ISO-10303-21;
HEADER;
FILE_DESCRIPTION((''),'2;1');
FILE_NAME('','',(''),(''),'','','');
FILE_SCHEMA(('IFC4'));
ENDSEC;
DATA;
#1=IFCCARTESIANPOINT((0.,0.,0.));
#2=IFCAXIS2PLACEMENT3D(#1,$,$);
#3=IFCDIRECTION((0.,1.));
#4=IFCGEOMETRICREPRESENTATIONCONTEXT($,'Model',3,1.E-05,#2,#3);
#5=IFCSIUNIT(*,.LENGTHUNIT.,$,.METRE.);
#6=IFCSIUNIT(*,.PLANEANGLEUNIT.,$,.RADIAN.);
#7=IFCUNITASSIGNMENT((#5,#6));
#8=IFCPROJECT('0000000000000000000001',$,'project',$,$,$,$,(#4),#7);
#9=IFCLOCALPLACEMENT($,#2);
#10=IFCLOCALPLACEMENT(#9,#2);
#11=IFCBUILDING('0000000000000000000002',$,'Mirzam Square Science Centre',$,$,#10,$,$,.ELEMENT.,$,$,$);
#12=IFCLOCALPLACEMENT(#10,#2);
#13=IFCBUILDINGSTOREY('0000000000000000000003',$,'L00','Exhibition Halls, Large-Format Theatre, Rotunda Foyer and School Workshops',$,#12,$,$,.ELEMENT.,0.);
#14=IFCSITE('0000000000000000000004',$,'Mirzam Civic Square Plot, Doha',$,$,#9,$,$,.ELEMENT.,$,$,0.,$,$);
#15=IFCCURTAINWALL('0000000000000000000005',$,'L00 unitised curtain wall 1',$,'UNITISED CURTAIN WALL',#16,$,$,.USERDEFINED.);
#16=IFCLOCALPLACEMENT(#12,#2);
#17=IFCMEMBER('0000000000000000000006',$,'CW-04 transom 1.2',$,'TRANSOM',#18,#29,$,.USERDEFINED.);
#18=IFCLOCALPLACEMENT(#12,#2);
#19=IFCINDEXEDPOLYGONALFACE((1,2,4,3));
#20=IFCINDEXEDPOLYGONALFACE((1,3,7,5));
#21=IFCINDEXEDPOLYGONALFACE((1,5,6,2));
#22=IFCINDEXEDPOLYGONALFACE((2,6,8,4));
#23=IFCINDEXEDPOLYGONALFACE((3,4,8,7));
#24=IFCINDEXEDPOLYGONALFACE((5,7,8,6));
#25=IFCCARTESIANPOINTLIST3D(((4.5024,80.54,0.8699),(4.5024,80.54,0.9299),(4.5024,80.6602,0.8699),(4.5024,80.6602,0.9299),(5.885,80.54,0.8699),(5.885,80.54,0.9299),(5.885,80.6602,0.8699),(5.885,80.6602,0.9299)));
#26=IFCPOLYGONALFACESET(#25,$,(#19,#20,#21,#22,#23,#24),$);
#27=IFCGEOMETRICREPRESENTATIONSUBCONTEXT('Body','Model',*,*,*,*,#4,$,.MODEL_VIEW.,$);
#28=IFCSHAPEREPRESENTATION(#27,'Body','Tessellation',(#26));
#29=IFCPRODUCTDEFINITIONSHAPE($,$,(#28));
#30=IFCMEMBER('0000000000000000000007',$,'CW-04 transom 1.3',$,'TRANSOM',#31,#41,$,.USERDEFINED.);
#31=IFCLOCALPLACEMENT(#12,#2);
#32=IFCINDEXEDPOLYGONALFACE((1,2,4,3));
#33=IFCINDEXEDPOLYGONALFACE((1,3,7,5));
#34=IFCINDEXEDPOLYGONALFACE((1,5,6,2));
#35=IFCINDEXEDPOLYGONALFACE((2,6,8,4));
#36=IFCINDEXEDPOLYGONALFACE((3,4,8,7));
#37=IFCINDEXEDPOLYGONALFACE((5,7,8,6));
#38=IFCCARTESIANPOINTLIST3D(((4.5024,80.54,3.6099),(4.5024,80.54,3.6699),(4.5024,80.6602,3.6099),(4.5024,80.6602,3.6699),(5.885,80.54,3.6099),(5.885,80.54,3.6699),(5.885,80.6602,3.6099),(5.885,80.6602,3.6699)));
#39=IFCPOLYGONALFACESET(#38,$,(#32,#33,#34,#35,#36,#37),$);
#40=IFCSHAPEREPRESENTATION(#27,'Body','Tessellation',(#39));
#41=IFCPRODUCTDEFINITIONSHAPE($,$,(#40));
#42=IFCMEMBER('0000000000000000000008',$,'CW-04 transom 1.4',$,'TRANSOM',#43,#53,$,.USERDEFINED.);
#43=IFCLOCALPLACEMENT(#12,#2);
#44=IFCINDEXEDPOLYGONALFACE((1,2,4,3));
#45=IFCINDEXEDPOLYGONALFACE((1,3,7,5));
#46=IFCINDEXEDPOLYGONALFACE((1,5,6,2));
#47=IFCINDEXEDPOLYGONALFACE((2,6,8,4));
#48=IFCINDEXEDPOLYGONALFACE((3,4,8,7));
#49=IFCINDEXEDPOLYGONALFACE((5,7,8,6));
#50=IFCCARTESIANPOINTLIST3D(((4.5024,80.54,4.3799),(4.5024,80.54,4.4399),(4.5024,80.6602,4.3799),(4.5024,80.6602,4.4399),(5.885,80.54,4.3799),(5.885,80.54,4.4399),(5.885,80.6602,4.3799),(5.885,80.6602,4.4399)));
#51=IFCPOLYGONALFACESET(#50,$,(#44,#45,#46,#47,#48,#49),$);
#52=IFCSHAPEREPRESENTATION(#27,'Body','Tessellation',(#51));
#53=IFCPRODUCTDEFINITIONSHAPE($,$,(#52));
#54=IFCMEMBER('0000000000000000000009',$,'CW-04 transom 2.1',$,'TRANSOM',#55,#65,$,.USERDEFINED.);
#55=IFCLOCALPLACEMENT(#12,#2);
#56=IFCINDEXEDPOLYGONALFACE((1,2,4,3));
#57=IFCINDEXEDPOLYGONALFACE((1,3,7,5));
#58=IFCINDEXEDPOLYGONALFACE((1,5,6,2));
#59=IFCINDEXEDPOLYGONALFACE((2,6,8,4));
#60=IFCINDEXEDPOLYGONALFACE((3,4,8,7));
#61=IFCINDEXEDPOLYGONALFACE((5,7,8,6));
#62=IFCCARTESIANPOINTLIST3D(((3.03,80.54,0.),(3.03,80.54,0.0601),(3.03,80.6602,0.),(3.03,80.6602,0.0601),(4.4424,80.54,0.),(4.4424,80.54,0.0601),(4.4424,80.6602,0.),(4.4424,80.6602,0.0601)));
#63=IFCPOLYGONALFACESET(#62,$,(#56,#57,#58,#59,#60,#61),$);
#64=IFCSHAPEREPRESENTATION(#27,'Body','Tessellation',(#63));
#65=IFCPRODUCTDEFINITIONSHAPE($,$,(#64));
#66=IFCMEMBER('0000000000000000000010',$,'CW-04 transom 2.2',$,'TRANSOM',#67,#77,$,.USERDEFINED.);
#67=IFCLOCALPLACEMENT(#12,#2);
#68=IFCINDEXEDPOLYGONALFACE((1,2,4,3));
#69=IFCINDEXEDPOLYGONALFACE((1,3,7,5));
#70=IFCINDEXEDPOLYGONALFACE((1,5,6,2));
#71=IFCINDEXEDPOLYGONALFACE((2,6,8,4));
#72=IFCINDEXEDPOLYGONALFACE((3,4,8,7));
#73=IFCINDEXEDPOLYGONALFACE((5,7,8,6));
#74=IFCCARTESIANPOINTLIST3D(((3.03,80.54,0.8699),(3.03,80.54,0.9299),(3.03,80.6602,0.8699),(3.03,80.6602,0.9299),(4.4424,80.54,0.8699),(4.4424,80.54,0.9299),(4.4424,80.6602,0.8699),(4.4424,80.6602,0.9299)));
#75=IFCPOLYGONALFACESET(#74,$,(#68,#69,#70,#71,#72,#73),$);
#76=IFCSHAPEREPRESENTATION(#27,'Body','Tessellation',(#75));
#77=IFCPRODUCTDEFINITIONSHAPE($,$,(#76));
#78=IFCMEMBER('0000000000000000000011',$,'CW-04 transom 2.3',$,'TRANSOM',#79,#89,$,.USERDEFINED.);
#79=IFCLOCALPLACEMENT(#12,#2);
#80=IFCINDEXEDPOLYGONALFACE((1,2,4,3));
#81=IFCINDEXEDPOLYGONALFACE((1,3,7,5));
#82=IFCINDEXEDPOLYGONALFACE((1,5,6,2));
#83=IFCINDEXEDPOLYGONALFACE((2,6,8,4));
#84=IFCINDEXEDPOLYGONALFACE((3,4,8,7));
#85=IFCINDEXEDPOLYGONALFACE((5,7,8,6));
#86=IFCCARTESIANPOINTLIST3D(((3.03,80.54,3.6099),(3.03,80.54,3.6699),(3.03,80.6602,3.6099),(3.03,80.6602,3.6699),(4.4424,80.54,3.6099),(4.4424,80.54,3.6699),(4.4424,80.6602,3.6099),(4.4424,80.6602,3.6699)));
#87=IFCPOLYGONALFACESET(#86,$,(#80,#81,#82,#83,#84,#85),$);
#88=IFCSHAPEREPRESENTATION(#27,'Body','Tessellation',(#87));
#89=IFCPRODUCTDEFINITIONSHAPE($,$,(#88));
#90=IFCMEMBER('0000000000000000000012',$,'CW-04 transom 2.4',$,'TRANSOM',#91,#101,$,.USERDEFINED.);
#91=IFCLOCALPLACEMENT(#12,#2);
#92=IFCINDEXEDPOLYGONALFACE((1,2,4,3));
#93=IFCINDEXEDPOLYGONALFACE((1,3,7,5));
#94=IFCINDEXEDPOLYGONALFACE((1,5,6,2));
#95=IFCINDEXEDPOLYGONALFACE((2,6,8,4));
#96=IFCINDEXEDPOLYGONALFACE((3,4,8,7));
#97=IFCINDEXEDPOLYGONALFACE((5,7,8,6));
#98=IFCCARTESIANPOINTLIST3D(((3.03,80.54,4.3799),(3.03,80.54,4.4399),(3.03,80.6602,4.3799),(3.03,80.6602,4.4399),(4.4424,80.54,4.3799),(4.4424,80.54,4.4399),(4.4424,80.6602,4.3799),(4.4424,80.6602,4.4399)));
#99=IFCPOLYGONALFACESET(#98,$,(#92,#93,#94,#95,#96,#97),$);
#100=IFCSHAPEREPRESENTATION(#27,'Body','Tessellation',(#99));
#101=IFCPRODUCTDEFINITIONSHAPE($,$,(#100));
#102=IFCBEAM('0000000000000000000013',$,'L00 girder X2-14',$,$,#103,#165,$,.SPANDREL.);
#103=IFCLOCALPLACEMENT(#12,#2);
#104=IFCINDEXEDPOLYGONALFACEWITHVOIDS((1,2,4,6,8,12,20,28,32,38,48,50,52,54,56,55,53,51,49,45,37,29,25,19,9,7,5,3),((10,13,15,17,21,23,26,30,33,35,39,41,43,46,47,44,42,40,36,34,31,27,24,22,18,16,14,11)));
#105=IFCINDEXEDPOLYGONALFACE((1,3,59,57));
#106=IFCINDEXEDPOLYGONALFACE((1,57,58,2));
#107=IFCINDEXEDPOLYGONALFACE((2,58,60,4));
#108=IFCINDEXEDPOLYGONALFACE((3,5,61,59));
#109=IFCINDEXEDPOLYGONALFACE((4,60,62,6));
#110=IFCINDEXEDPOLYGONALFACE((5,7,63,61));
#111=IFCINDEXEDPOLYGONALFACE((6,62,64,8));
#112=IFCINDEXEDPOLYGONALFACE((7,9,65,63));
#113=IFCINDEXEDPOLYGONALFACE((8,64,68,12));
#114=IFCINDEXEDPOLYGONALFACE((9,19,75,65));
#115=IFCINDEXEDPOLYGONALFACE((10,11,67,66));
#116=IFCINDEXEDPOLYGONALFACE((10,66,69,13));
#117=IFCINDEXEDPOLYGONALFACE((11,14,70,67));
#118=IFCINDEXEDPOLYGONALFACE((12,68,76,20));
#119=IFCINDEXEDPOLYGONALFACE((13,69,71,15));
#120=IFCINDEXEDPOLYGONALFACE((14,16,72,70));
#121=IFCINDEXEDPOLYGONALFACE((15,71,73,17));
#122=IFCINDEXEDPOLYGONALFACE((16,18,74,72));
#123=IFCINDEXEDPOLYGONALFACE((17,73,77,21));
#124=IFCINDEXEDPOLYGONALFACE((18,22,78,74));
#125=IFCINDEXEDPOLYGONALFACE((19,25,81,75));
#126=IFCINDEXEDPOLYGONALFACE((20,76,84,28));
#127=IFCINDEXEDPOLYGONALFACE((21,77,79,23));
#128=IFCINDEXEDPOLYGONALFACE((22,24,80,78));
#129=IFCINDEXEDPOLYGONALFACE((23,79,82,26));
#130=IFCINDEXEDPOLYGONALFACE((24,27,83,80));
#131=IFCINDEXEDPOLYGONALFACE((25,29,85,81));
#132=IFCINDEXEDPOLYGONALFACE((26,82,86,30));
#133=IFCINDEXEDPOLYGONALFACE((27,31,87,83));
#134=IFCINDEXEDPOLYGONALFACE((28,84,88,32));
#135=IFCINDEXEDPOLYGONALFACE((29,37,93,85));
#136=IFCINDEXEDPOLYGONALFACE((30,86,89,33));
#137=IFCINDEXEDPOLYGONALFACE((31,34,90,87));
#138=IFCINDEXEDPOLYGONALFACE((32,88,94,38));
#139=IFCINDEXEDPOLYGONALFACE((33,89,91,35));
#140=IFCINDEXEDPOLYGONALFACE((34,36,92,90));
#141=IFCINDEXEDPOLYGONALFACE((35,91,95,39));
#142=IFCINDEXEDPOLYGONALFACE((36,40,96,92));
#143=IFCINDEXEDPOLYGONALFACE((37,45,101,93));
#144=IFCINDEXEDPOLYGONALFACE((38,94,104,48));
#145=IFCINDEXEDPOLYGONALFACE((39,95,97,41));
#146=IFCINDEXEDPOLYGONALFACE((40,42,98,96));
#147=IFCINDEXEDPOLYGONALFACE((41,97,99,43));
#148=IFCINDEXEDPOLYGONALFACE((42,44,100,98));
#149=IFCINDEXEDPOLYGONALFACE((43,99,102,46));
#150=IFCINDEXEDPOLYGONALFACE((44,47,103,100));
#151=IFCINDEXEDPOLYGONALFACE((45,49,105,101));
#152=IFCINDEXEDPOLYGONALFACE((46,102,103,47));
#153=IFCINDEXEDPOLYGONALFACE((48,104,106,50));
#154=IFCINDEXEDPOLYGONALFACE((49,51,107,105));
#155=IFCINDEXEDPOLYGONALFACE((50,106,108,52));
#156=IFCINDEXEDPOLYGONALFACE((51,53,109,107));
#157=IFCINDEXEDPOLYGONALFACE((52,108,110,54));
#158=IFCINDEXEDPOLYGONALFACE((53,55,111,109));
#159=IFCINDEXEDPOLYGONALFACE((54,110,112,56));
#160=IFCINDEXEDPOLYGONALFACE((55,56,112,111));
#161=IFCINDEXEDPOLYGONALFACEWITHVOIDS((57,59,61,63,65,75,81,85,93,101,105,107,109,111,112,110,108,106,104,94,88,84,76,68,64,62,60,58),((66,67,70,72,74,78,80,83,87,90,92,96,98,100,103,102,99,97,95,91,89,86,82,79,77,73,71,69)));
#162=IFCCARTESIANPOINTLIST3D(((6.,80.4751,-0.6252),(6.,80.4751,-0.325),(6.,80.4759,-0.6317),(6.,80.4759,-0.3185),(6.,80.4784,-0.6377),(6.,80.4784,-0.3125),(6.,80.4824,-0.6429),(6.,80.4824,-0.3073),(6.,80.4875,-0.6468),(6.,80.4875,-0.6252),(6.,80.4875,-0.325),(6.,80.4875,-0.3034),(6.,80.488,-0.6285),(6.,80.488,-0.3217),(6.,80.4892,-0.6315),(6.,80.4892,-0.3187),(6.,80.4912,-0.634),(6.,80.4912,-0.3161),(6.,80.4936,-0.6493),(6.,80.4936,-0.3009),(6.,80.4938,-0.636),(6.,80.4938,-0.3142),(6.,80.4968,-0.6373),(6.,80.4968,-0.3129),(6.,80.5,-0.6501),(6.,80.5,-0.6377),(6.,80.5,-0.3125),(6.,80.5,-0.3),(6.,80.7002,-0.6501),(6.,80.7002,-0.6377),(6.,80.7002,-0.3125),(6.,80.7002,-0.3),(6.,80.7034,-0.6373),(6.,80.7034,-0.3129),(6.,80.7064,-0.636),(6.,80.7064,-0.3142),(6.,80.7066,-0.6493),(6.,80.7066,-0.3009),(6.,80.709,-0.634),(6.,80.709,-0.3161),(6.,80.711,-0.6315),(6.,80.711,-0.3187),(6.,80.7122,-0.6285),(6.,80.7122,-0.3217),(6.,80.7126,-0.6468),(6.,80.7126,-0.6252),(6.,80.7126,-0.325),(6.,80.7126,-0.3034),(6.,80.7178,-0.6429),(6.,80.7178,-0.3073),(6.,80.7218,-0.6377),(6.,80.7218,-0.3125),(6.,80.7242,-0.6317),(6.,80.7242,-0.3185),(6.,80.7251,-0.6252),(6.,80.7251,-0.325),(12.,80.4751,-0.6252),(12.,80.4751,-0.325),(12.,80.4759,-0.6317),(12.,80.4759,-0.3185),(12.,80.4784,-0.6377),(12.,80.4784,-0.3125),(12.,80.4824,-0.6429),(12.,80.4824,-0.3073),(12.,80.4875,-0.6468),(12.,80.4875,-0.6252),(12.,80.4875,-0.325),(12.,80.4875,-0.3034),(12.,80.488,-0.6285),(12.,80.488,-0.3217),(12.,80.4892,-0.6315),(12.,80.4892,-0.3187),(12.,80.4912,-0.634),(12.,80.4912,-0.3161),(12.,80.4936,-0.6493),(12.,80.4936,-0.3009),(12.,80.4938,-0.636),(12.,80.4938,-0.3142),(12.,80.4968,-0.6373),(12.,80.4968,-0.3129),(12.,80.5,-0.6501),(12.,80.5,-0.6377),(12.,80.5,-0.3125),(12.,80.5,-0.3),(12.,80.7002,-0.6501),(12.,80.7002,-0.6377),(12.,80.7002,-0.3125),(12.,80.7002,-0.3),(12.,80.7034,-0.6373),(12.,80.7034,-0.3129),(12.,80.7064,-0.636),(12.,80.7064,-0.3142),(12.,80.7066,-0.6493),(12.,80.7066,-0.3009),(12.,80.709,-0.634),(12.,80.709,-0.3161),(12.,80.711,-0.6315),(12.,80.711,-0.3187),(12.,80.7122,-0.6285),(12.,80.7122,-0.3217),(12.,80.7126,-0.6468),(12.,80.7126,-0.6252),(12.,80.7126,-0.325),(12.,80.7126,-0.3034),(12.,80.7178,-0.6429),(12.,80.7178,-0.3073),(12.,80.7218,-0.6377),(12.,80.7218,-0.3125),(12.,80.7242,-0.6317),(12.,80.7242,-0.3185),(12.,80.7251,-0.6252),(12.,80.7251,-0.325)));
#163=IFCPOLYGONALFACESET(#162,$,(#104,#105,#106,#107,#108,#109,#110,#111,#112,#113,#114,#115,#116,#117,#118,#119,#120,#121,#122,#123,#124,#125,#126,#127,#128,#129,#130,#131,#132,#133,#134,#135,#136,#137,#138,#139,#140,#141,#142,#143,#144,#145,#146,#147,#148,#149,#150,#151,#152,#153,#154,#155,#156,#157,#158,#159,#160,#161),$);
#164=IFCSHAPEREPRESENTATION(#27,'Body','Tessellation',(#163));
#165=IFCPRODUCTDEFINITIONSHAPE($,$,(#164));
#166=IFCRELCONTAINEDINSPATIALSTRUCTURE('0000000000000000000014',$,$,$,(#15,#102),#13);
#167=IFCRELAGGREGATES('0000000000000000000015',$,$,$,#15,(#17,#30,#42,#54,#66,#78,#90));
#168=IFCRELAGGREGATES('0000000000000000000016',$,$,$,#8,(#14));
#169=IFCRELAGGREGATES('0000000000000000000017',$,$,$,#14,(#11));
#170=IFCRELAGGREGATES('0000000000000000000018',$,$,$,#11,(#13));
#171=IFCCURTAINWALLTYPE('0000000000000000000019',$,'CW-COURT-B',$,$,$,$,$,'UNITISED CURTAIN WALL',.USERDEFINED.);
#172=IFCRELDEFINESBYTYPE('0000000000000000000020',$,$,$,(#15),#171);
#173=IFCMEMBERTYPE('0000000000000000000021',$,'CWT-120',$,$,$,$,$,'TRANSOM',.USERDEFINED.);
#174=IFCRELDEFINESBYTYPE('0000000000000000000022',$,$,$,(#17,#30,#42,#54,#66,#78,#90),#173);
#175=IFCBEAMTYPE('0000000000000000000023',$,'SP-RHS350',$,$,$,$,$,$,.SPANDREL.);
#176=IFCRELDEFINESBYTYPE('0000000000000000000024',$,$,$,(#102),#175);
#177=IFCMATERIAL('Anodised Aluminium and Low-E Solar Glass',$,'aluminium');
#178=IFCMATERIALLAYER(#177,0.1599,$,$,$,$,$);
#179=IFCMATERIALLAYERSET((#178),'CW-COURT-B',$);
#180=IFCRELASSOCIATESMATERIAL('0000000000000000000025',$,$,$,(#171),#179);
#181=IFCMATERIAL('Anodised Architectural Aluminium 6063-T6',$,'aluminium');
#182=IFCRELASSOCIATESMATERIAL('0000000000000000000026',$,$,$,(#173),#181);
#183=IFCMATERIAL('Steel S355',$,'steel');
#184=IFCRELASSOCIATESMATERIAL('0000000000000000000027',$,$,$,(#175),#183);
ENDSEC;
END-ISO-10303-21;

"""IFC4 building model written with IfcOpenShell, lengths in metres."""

from ifc_helpers import new_model, si_unit, direction, frame, origin, origin_2d, place, context, subcontext, project, spatial, rectangle, hollow_rectangle, extrude, material, layer, layer_set, material_profile, profile_set, type_object, element, aggregate, save


model = new_model("IFC4")

# Units and contexts
model_context = context("Model", 3, precision=1e-05, world=origin(), true_north=direction((0.0, 1.0)))
body_context = subcontext(model_context, "Body", "Model", "MODEL_VIEW")
ifc_project = project(units=[si_unit("LENGTHUNIT", "METRE"), si_unit("PLANEANGLEUNIT", "RADIAN")], contexts=[model_context])

# Site, building, storey
site_placement = place(None, origin())
site = spatial("IfcSite", under=ifc_project, at=site_placement, Name="Mirzam Civic Square Plot, Doha", CompositionType="ELEMENT", RefElevation=0.0)
building_placement = place(site_placement, origin())
building = spatial("IfcBuilding", under=site, at=building_placement, Name="Mirzam Square Science Centre", CompositionType="ELEMENT")
storey_placement = place(building_placement, origin())
storey = spatial("IfcBuildingStorey", under=building, at=storey_placement, Name="L00", Description="Exhibition Halls, Large-Format Theatre, Rotunda Foyer and School Workshops", CompositionType="ELEMENT", Elevation=0.0)

# Shared definitions
ifc_material_1 = material(Name="Steel S355", Category="steel")

# Curtain wall
ifc_material_2 = material(Name="Anodised Aluminium and Low-E Solar Glass", Category="aluminium")
ifc_layer_1 = layer(ifc_material_2, 0.1599)
ifc_layer_set_1 = layer_set([ifc_layer_1], Name="CW-COURT-B")
curtain_wall_type_1 = type_object("IfcCurtainWallType", Name="CW-COURT-B", ElementType="UNITISED CURTAIN WALL", PredefinedType="USERDEFINED", material=ifc_layer_set_1)
curtain_wall_1_placement = place(storey_placement, origin())
curtain_wall_1 = element("IfcCurtainWall", 1, at=curtain_wall_1_placement, inside=storey, type_object=curtain_wall_type_1, Name="L00 unitised curtain wall 1", ObjectType="UNITISED CURTAIN WALL", PredefinedType="USERDEFINED")
ifc_material_3 = material(Name="Anodised Architectural Aluminium 6063-T6", Category="aluminium")

# Members
ifc_material_profile_1 = material_profile(ifc_material_3, rectangle(XDim=0.1201, YDim=0.0601, at=origin_2d()), Name="ALU-TRAN-120x60x4")
ifc_profile_set_1 = profile_set([ifc_material_profile_1], Name="Anodised Architectural Aluminium 6063-T6")
member_type_1 = type_object("IfcMemberType", Name="CWT-120", ElementType="TRANSOM", PredefinedType="USERDEFINED", material=ifc_profile_set_1)
member_1_placement = place(storey_placement, frame((5.885, 80.6001, 0.8999), z_axis=(-1.0, 0.0, 0.0), x_axis=(0.0, -1.0, 0.0)))
member_1 = element("IfcMember", 2, at=member_1_placement, type_object=member_type_1, Name="CW-04 transom 1.2", ObjectType="TRANSOM", PredefinedType="USERDEFINED", context=body_context, shape_type="SweptSolid", body=[
    extrude(rectangle(XDim=0.1201, YDim=0.0601, at=origin_2d()), origin(), (0.0, 0.0, 1.0), 1.3826),
])
member_2_placement = place(storey_placement, frame((5.885, 80.6001, 3.6399), z_axis=(-1.0, 0.0, 0.0), x_axis=(0.0, -1.0, 0.0)))
member_2 = element("IfcMember", 3, at=member_2_placement, type_object=member_type_1, Name="CW-04 transom 1.3", ObjectType="TRANSOM", PredefinedType="USERDEFINED", context=body_context, shape_type="SweptSolid", body=[
    extrude(rectangle(XDim=0.1201, YDim=0.0601, at=origin_2d()), origin(), (0.0, 0.0, 1.0), 1.3826),
])
member_3_placement = place(storey_placement, frame((5.885, 80.6001, 4.4099), z_axis=(-1.0, 0.0, 0.0), x_axis=(0.0, -1.0, 0.0)))
member_3 = element("IfcMember", 4, at=member_3_placement, type_object=member_type_1, Name="CW-04 transom 1.4", ObjectType="TRANSOM", PredefinedType="USERDEFINED", context=body_context, shape_type="SweptSolid", body=[
    extrude(rectangle(XDim=0.1201, YDim=0.0601, at=origin_2d()), origin(), (0.0, 0.0, 1.0), 1.3826),
])
member_4_placement = place(storey_placement, frame((4.4424, 80.6001, 0.03), z_axis=(-1.0, 0.0, 0.0), x_axis=(0.0, -1.0, 0.0)))
member_4 = element("IfcMember", 5, at=member_4_placement, type_object=member_type_1, Name="CW-04 transom 2.1", ObjectType="TRANSOM", PredefinedType="USERDEFINED", context=body_context, shape_type="SweptSolid", body=[
    extrude(rectangle(XDim=0.1201, YDim=0.0601, at=origin_2d()), origin(), (0.0, 0.0, 1.0), 1.4124),
])
member_5_placement = place(storey_placement, frame((4.4424, 80.6001, 0.8999), z_axis=(-1.0, 0.0, 0.0), x_axis=(0.0, -1.0, 0.0)))
member_5 = element("IfcMember", 6, at=member_5_placement, type_object=member_type_1, Name="CW-04 transom 2.2", ObjectType="TRANSOM", PredefinedType="USERDEFINED", context=body_context, shape_type="SweptSolid", body=[
    extrude(rectangle(XDim=0.1201, YDim=0.0601, at=origin_2d()), origin(), (0.0, 0.0, 1.0), 1.4124),
])
member_6_placement = place(storey_placement, frame((4.4424, 80.6001, 3.6399), z_axis=(-1.0, 0.0, 0.0), x_axis=(0.0, -1.0, 0.0)))
member_6 = element("IfcMember", 7, at=member_6_placement, type_object=member_type_1, Name="CW-04 transom 2.3", ObjectType="TRANSOM", PredefinedType="USERDEFINED", context=body_context, shape_type="SweptSolid", body=[
    extrude(rectangle(XDim=0.1201, YDim=0.0601, at=origin_2d()), origin(), (0.0, 0.0, 1.0), 1.4124),
])
member_7_placement = place(storey_placement, frame((4.4424, 80.6001, 4.4099), z_axis=(-1.0, 0.0, 0.0), x_axis=(0.0, -1.0, 0.0)))
member_7 = element("IfcMember", 8, at=member_7_placement, type_object=member_type_1, Name="CW-04 transom 2.4", ObjectType="TRANSOM", PredefinedType="USERDEFINED", context=body_context, shape_type="SweptSolid", body=[
    extrude(rectangle(XDim=0.1201, YDim=0.0601, at=origin_2d()), origin(), (0.0, 0.0, 1.0), 1.4124),
])

# Beam
ifc_material_profile_2 = material_profile(ifc_material_1, hollow_rectangle(XDim=0.25, YDim=0.3501, WallThickness=0.0125, InnerFilletRadius=0.0125, OuterFilletRadius=0.0249, at=origin_2d()), Name="350x250x12.5RHS")
ifc_profile_set_2 = profile_set([ifc_material_profile_2], Name="Steel S355")
beam_type = type_object("IfcBeamType", Name="SP-RHS350", PredefinedType="SPANDREL", material=ifc_profile_set_2)
for number, where, z_axis, x_axis, name in (
    (9, (6.0, 80.6001, -0.4751), (1.0, 0.0, 0.0), (0.0, 1.0, 0.0), "L00 girder X2-14"),
):
    element("IfcBeam", number, at=place(storey_placement, frame(where, z_axis=z_axis, x_axis=x_axis)), inside=storey, type_object=beam_type, Name=name, PredefinedType="SPANDREL", context=body_context, shape_type="SweptSolid", body=[
        extrude(hollow_rectangle(XDim=0.25, YDim=0.3501, WallThickness=0.0125, InnerFilletRadius=0.0125, OuterFilletRadius=0.0249, at=origin_2d()), origin(), (0.0, 0.0, 1.0), 6.0),
    ])

aggregate(curtain_wall_1, [member_1, member_2, member_3, member_4, member_5, member_6, member_7])

save(model, "model.ifc")
